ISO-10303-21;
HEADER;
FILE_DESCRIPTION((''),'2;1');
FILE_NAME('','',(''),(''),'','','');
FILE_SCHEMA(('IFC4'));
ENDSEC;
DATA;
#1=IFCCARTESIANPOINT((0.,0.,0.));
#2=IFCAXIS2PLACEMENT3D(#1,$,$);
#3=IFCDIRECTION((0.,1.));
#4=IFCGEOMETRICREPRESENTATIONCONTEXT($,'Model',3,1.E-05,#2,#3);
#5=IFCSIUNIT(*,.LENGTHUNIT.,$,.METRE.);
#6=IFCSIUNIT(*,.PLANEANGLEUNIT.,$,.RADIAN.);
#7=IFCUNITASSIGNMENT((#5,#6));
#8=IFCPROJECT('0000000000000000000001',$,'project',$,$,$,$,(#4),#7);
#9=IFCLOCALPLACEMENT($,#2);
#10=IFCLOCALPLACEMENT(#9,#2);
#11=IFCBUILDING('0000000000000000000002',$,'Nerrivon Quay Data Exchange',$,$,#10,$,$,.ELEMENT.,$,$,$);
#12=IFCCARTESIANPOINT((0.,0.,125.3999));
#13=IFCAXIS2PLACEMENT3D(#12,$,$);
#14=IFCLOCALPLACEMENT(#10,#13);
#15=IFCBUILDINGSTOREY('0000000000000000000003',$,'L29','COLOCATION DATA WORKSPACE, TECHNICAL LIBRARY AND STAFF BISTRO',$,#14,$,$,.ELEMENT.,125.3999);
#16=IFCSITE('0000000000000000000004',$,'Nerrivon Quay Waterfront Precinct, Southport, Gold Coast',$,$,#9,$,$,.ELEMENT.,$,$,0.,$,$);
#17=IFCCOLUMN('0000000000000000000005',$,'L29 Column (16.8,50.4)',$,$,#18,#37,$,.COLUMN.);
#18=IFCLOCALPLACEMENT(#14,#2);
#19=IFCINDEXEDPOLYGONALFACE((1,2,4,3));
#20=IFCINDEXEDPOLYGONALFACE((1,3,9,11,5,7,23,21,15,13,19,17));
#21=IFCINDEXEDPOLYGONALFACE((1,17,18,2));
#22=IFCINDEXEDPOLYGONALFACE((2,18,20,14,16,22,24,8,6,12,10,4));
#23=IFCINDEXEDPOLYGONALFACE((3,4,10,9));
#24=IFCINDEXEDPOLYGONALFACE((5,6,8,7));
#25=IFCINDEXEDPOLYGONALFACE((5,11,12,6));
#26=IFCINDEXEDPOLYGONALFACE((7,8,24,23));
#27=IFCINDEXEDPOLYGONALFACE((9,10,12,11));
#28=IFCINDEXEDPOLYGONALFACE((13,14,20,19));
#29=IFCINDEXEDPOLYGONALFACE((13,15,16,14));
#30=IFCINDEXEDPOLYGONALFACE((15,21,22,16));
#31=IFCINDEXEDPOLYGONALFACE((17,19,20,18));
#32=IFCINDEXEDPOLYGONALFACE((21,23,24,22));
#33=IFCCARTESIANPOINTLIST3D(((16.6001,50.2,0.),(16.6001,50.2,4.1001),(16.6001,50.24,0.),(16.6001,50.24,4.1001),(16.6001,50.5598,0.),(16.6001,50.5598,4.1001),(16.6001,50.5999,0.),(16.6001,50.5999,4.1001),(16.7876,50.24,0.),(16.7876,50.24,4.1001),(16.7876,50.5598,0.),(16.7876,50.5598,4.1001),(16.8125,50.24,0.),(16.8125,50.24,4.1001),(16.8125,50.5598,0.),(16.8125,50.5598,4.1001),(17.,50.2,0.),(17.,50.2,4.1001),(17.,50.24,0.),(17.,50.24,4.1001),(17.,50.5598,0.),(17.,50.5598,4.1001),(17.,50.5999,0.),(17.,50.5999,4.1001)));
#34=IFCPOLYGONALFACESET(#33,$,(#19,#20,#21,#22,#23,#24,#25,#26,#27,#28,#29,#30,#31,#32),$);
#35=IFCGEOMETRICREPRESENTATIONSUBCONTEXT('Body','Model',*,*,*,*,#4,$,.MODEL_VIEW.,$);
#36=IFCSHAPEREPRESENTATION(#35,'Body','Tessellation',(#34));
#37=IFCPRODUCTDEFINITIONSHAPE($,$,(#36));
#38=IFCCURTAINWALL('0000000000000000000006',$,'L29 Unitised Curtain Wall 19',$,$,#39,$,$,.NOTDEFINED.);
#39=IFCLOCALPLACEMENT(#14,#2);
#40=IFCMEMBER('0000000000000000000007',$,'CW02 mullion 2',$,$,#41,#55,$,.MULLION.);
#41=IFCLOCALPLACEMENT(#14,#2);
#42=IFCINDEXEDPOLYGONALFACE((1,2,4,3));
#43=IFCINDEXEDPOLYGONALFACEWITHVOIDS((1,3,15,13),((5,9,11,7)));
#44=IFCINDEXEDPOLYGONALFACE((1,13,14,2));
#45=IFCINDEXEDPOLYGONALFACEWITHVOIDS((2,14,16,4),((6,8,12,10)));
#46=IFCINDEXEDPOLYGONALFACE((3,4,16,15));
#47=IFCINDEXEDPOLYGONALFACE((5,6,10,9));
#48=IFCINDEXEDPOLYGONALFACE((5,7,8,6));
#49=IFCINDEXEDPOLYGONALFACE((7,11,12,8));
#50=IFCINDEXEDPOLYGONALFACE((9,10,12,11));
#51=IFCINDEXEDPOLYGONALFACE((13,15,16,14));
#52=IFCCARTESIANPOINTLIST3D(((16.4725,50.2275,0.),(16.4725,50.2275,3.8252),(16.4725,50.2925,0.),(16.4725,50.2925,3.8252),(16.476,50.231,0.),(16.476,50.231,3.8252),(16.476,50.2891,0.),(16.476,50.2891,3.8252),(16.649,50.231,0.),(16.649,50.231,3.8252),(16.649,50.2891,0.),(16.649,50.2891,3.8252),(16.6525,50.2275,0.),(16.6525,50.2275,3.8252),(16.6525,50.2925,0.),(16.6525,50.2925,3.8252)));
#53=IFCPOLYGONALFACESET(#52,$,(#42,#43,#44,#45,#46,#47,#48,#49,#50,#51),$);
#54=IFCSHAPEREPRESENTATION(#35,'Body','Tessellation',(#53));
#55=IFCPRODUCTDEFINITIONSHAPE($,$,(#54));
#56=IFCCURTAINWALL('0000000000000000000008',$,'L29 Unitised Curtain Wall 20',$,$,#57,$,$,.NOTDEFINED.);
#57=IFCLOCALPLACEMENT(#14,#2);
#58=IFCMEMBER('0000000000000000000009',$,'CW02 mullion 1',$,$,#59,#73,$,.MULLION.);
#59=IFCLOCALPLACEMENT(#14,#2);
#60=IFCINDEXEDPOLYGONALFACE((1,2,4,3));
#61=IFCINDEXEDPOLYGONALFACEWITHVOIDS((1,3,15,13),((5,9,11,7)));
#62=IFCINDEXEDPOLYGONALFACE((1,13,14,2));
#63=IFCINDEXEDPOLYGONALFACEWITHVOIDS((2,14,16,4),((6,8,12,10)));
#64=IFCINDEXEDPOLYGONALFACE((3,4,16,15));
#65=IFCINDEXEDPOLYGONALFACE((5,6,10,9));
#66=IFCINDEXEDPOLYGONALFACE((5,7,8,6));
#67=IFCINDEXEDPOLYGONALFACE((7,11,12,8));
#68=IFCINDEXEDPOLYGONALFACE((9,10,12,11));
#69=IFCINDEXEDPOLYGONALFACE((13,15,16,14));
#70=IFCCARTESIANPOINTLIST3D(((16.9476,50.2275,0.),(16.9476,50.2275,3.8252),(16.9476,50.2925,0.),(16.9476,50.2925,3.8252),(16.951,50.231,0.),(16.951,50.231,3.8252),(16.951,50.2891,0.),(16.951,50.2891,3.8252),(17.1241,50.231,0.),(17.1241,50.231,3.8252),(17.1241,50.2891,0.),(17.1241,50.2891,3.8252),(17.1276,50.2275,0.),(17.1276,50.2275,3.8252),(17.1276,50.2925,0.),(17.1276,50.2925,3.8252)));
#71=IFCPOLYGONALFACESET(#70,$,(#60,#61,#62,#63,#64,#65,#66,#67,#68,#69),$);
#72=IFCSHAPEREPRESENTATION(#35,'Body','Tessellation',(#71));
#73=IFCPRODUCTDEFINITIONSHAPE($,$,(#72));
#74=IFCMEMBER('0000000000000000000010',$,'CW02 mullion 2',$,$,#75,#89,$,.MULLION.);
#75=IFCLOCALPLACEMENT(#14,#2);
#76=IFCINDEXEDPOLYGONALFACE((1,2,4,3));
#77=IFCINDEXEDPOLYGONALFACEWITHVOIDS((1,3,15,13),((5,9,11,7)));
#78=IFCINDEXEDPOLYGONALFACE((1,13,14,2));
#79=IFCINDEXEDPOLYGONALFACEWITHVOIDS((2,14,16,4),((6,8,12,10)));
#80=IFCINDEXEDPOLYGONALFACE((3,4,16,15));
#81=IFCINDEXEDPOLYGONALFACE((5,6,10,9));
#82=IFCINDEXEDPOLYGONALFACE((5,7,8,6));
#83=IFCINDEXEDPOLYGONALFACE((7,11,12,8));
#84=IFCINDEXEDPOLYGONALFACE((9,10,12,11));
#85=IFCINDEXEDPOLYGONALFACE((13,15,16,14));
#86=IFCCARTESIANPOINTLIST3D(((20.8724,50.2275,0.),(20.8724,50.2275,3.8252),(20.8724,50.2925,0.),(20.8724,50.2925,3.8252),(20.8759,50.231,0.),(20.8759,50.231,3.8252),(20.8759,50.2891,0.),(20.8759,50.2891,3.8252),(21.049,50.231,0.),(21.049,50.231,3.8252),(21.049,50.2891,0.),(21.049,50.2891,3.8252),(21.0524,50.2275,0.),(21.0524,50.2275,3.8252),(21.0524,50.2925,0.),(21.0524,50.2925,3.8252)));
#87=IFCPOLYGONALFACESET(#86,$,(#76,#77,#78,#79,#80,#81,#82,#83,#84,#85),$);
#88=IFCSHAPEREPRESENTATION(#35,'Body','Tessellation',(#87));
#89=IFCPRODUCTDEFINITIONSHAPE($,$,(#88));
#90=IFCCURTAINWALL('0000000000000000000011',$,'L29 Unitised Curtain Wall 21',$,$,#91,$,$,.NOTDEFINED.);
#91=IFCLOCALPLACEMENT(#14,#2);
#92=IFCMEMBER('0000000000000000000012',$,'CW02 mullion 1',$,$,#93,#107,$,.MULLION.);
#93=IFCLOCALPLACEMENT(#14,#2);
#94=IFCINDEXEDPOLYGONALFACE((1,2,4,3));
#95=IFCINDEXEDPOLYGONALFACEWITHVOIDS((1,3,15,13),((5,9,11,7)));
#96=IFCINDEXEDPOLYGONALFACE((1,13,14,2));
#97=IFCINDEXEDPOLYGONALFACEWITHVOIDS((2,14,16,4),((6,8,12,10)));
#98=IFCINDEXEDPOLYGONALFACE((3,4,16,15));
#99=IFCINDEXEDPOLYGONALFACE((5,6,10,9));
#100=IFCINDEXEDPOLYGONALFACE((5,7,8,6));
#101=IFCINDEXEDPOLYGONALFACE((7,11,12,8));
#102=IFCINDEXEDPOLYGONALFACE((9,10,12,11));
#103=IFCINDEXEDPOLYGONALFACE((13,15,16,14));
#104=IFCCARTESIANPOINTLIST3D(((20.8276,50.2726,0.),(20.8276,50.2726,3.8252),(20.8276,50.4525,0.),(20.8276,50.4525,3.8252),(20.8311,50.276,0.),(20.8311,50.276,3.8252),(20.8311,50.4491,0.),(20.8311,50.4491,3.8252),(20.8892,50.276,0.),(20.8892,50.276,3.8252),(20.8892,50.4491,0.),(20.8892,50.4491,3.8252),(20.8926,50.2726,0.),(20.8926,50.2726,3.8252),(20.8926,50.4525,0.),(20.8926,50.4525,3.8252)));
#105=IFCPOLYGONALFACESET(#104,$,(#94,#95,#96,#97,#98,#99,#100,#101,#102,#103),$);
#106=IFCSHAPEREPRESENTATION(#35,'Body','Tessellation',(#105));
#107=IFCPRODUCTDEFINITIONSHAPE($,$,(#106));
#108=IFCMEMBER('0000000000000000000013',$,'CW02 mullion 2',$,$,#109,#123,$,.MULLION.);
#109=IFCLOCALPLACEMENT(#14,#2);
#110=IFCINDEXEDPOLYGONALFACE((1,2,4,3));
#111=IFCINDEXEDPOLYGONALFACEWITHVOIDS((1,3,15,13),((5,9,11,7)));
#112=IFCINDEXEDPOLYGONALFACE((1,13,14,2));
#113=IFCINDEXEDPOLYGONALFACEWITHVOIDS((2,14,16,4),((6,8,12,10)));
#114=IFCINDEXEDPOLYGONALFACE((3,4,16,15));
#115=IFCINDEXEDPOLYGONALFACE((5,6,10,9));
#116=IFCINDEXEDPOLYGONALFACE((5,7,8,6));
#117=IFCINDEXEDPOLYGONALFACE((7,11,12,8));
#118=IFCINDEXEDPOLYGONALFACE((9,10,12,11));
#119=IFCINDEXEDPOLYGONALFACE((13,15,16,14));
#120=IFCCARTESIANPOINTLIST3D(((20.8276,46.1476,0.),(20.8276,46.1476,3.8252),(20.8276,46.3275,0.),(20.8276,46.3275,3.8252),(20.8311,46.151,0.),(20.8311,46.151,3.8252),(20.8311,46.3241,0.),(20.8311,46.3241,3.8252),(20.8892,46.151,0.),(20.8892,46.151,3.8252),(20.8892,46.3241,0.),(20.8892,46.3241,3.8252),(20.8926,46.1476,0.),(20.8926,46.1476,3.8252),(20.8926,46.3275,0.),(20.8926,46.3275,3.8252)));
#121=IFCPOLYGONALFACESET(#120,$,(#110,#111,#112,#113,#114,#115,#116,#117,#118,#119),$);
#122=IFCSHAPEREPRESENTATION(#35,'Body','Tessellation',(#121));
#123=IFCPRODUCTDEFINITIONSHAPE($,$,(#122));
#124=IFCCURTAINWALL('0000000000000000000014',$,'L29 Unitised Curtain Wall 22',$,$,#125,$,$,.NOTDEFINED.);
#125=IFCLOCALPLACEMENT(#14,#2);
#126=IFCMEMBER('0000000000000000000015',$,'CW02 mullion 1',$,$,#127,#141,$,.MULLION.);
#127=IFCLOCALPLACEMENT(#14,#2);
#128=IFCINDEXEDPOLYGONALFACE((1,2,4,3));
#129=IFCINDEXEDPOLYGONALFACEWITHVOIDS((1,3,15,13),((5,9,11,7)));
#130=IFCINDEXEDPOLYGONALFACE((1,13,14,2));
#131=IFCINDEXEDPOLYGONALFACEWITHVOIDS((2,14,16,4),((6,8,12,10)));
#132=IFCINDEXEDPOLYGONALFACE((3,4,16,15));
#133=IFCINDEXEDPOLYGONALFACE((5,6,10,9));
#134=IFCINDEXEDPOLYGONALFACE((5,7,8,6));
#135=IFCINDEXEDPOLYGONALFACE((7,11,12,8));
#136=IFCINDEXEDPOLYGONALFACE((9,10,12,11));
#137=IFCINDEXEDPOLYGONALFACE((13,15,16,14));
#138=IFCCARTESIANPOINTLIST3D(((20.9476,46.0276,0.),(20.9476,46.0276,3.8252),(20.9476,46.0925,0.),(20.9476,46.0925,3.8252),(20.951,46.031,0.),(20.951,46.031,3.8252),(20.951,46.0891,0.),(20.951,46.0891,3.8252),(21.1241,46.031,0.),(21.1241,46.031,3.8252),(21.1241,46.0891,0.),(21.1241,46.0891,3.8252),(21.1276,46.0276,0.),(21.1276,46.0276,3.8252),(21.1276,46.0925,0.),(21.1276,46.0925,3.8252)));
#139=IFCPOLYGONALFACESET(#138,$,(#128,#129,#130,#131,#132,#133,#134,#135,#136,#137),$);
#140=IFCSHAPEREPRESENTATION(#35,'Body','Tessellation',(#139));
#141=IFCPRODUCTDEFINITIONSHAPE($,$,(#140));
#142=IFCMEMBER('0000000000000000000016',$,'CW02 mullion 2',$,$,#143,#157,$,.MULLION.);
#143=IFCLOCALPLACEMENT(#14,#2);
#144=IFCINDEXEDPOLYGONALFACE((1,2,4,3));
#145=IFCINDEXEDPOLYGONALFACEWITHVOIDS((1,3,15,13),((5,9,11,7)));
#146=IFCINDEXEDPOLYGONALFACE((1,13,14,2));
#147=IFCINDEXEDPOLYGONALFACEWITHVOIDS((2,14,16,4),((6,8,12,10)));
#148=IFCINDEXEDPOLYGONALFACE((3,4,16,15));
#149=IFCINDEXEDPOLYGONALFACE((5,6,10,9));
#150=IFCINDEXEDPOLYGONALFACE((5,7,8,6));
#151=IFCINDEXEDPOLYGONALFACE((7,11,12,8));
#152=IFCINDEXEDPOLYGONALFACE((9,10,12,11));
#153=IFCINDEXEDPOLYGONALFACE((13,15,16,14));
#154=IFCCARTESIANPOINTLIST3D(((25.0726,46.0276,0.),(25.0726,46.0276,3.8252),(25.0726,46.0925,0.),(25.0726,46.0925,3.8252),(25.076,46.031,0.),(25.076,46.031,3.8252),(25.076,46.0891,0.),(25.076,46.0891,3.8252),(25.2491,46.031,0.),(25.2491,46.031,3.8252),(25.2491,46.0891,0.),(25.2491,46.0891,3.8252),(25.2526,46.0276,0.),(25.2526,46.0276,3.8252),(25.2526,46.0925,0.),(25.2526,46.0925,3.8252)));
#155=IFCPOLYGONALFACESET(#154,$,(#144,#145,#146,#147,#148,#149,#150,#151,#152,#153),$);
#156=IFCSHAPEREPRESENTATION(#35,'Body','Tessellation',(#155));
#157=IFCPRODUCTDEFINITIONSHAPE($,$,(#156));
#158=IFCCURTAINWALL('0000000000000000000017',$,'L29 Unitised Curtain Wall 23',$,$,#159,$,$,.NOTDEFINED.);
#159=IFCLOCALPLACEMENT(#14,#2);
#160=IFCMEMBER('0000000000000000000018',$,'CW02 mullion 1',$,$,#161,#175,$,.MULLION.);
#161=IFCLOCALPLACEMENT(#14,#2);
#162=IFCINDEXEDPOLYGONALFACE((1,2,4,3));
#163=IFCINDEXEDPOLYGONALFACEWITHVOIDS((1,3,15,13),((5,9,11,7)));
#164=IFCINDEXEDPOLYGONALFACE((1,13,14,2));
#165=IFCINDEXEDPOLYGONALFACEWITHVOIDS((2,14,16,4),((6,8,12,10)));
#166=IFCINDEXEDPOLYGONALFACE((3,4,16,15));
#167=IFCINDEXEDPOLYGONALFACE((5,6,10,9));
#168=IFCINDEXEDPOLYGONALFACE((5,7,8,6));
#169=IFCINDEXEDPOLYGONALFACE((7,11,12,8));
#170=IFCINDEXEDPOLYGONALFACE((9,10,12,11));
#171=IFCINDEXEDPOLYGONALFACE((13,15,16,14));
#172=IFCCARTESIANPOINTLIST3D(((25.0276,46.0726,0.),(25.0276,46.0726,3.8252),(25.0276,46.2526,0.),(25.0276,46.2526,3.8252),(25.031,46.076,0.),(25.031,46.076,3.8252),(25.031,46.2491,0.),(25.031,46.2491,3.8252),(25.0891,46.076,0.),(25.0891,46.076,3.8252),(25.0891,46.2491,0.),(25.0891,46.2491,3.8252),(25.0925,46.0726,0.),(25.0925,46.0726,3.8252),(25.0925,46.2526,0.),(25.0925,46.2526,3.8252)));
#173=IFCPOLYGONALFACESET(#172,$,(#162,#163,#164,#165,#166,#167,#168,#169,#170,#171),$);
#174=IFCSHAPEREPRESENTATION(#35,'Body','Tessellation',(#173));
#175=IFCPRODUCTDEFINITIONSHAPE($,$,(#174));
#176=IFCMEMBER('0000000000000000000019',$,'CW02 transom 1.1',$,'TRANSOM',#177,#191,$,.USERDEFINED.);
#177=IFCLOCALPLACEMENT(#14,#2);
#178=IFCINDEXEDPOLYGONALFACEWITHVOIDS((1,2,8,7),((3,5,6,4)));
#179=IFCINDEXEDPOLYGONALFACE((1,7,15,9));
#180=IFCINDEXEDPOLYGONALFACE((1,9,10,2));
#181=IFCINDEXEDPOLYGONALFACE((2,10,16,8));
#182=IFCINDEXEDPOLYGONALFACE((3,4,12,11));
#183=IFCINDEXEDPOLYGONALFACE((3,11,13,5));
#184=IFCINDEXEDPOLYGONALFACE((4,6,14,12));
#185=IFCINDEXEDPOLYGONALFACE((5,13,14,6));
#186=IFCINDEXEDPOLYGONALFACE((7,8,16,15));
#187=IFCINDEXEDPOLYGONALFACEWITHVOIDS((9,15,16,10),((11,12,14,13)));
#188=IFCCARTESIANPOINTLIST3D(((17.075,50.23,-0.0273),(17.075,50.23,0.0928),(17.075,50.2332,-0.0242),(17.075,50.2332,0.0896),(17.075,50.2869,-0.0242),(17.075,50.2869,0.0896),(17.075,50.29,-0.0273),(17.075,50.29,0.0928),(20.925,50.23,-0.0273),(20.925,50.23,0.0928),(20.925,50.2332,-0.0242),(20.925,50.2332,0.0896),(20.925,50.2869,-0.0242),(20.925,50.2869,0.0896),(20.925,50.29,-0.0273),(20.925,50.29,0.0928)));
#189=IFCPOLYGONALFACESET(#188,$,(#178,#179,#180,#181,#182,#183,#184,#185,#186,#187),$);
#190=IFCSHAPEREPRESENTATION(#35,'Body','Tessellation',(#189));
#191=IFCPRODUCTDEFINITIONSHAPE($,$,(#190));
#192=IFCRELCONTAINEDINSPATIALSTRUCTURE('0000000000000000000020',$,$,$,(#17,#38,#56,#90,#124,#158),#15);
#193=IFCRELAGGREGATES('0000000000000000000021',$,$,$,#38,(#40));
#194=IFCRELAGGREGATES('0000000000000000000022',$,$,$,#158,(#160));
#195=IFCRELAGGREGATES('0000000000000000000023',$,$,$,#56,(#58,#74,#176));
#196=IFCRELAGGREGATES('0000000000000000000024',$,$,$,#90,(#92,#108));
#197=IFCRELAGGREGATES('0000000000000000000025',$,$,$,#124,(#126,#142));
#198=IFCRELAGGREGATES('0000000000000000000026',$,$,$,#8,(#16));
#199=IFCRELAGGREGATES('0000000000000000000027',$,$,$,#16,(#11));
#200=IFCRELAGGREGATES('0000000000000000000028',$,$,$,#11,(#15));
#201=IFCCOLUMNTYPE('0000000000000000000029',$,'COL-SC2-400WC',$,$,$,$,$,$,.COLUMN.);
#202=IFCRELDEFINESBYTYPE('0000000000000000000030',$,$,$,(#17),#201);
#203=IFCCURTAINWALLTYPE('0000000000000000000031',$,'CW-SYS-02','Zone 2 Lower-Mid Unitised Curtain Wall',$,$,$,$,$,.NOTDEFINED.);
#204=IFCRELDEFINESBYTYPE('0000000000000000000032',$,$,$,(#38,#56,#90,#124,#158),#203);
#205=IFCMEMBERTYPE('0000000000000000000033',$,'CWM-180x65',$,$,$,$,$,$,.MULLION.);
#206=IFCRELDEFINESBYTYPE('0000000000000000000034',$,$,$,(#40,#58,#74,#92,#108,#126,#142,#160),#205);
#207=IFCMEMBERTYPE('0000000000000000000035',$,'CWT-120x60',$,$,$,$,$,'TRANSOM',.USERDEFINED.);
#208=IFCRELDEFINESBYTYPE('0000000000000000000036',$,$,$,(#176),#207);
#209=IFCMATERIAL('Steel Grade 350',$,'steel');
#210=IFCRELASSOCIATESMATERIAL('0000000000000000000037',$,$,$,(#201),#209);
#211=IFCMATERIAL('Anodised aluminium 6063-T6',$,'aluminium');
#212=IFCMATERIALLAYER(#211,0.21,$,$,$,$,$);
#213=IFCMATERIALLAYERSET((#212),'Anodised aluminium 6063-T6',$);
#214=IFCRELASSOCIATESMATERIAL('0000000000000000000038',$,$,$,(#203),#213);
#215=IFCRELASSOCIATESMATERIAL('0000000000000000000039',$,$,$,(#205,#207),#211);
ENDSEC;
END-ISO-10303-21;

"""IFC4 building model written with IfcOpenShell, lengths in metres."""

from ifc_helpers import new_model, si_unit, direction, frame, origin, origin_2d, place, context, subcontext, project, spatial, hollow_rectangle, i_section, extrude, material, layer, layer_set, material_profile, profile_set, type_object, element, aggregate, save


model = new_model("IFC4")

# Units and contexts
model_context = context("Model", 3, precision=1e-05, world=origin(), true_north=direction((0.0, 1.0)))
body_context = subcontext(model_context, "Body", "Model", "MODEL_VIEW")
ifc_project = project(units=[si_unit("LENGTHUNIT", "METRE"), si_unit("PLANEANGLEUNIT", "RADIAN")], contexts=[model_context])

# Site, building, storey
site_placement = place(None, origin())
site = spatial("IfcSite", under=ifc_project, at=site_placement, Name="Nerrivon Quay Waterfront Precinct, Southport, Gold Coast", CompositionType="ELEMENT", RefElevation=0.0)
building_placement = place(site_placement, origin())
building = spatial("IfcBuilding", under=site, at=building_placement, Name="Nerrivon Quay Data Exchange", CompositionType="ELEMENT")
storey_placement = place(building_placement, frame((0.0, 0.0, 125.3999)))
storey = spatial("IfcBuildingStorey", under=building, at=storey_placement, Name="L29", Description="COLOCATION DATA WORKSPACE, TECHNICAL LIBRARY AND STAFF BISTRO", CompositionType="ELEMENT", Elevation=125.3999)

# Column
ifc_material_1 = material(Name="Steel Grade 350", Category="steel")
ifc_material_profile_1 = material_profile(ifc_material_1, i_section(OverallWidth=0.3999, OverallDepth=0.3999, WebThickness=0.0249, FlangeThickness=0.04, at=origin_2d()), Name="400WC328")
ifc_profile_set_1 = profile_set([ifc_material_profile_1], Name="Steel Grade 350")
column_type = type_object("IfcColumnType", Name="COL-SC2-400WC", PredefinedType="COLUMN", material=ifc_profile_set_1)
column_placement = place(storey_placement, frame((16.8, 50.3999, 0.0), z_axis=(0.0, 0.0, 1.0), x_axis=(1.0, 0.0, 0.0)))
element("IfcColumn", 1, at=column_placement, inside=storey, type_object=column_type, Name="L29 Column (16.8,50.4)", PredefinedType="COLUMN", context=body_context, shape_type="SweptSolid", body=[
    extrude(i_section(OverallWidth=0.3999, OverallDepth=0.3999, WebThickness=0.0249, FlangeThickness=0.04, at=origin_2d()), origin(), (0.0, 0.0, 1.0), 4.1001),
])

# Curtain wall, member
ifc_material_2 = material(Name="Anodised aluminium 6063-T6", Category="aluminium")
ifc_layer_1 = layer(ifc_material_2, 0.21)
ifc_layer_set_1 = layer_set([ifc_layer_1], Name="Anodised aluminium 6063-T6")
curtain_wall_type = type_object("IfcCurtainWallType", Name="CW-SYS-02", Description="Zone 2 Lower-Mid Unitised Curtain Wall", PredefinedType="NOTDEFINED", material=ifc_layer_set_1)
curtain_wall_1_placement = place(storey_placement, origin())
curtain_wall_1 = element("IfcCurtainWall", 2, at=curtain_wall_1_placement, inside=storey, type_object=curtain_wall_type, Name="L29 Unitised Curtain Wall 19", PredefinedType="NOTDEFINED")
ifc_material_profile_2 = material_profile(ifc_material_2, hollow_rectangle(XDim=0.0649, YDim=0.1799, WallThickness=0.0034, at=origin_2d()), Name="ALU-MULL-180x65")
ifc_profile_set_2 = profile_set([ifc_material_profile_2], Name="Anodised aluminium 6063-T6")
member_type_1 = type_object("IfcMemberType", Name="CWM-180x65", PredefinedType="MULLION", material=ifc_profile_set_2)
member_1_placement = place(storey_placement, frame((16.5625, 50.26, 0.0), z_axis=(0.0, 0.0, 1.0), x_axis=(0.0, 1.0, 0.0)))
member_1 = element("IfcMember", 3, at=member_1_placement, type_object=member_type_1, Name="CW02 mullion 2", PredefinedType="MULLION", context=body_context, shape_type="SweptSolid", body=[
    extrude(hollow_rectangle(XDim=0.0649, YDim=0.1799, WallThickness=0.0034, at=origin_2d()), origin(), (0.0, 0.0, 1.0), 3.8252),
])
aggregate(curtain_wall_1, [member_1])

# Curtain walls, members
curtain_wall_2_placement = place(storey_placement, origin())
curtain_wall_2 = element("IfcCurtainWall", 4, at=curtain_wall_2_placement, inside=storey, type_object=curtain_wall_type, Name="L29 Unitised Curtain Wall 20", PredefinedType="NOTDEFINED")
member_2_placement = place(storey_placement, frame((17.0376, 50.26, 0.0), z_axis=(0.0, 0.0, 1.0), x_axis=(0.0, 1.0, 0.0)))
member_2 = element("IfcMember", 5, at=member_2_placement, type_object=member_type_1, Name="CW02 mullion 1", PredefinedType="MULLION", context=body_context, shape_type="SweptSolid", body=[
    extrude(hollow_rectangle(XDim=0.0649, YDim=0.1799, WallThickness=0.0034, at=origin_2d()), origin(), (0.0, 0.0, 1.0), 3.8252),
])
member_3_placement = place(storey_placement, frame((20.9624, 50.26, 0.0), z_axis=(0.0, 0.0, 1.0), x_axis=(0.0, 1.0, 0.0)))
member_3 = element("IfcMember", 6, at=member_3_placement, type_object=member_type_1, Name="CW02 mullion 2", PredefinedType="MULLION", context=body_context, shape_type="SweptSolid", body=[
    extrude(hollow_rectangle(XDim=0.0649, YDim=0.1799, WallThickness=0.0034, at=origin_2d()), origin(), (0.0, 0.0, 1.0), 3.8252),
])
curtain_wall_3_placement = place(storey_placement, origin())
curtain_wall_3 = element("IfcCurtainWall", 7, at=curtain_wall_3_placement, inside=storey, type_object=curtain_wall_type, Name="L29 Unitised Curtain Wall 21", PredefinedType="NOTDEFINED")
member_4_placement = place(storey_placement, frame((20.8601, 50.3625, 0.0), z_axis=(0.0, 0.0, 1.0), x_axis=(1.0, 0.0, 0.0)))
member_4 = element("IfcMember", 8, at=member_4_placement, type_object=member_type_1, Name="CW02 mullion 1", PredefinedType="MULLION", context=body_context, shape_type="SweptSolid", body=[
    extrude(hollow_rectangle(XDim=0.0649, YDim=0.1799, WallThickness=0.0034, at=origin_2d()), origin(), (0.0, 0.0, 1.0), 3.8252),
])
member_5_placement = place(storey_placement, frame((20.8601, 46.2375, 0.0), z_axis=(0.0, 0.0, 1.0), x_axis=(1.0, 0.0, 0.0)))
member_5 = element("IfcMember", 9, at=member_5_placement, type_object=member_type_1, Name="CW02 mullion 2", PredefinedType="MULLION", context=body_context, shape_type="SweptSolid", body=[
    extrude(hollow_rectangle(XDim=0.0649, YDim=0.1799, WallThickness=0.0034, at=origin_2d()), origin(), (0.0, 0.0, 1.0), 3.8252),
])
curtain_wall_4_placement = place(storey_placement, origin())
curtain_wall_4 = element("IfcCurtainWall", 10, at=curtain_wall_4_placement, inside=storey, type_object=curtain_wall_type, Name="L29 Unitised Curtain Wall 22", PredefinedType="NOTDEFINED")
member_6_placement = place(storey_placement, frame((21.0376, 46.0601, 0.0), z_axis=(0.0, 0.0, 1.0), x_axis=(0.0, 1.0, 0.0)))
member_6 = element("IfcMember", 11, at=member_6_placement, type_object=member_type_1, Name="CW02 mullion 1", PredefinedType="MULLION", context=body_context, shape_type="SweptSolid", body=[
    extrude(hollow_rectangle(XDim=0.0649, YDim=0.1799, WallThickness=0.0034, at=origin_2d()), origin(), (0.0, 0.0, 1.0), 3.8252),
])
member_7_placement = place(storey_placement, frame((25.1626, 46.0601, 0.0), z_axis=(0.0, 0.0, 1.0), x_axis=(0.0, 1.0, 0.0)))
member_7 = element("IfcMember", 12, at=member_7_placement, type_object=member_type_1, Name="CW02 mullion 2", PredefinedType="MULLION", context=body_context, shape_type="SweptSolid", body=[
    extrude(hollow_rectangle(XDim=0.0649, YDim=0.1799, WallThickness=0.0034, at=origin_2d()), origin(), (0.0, 0.0, 1.0), 3.8252),
])

# Curtain wall, member
curtain_wall_5_placement = place(storey_placement, origin())
curtain_wall_5 = element("IfcCurtainWall", 13, at=curtain_wall_5_placement, inside=storey, type_object=curtain_wall_type, Name="L29 Unitised Curtain Wall 23", PredefinedType="NOTDEFINED")
member_8_placement = place(storey_placement, frame((25.0601, 46.1626, 0.0), z_axis=(0.0, 0.0, 1.0), x_axis=(1.0, 0.0, 0.0)))
member_8 = element("IfcMember", 14, at=member_8_placement, type_object=member_type_1, Name="CW02 mullion 1", PredefinedType="MULLION", context=body_context, shape_type="SweptSolid", body=[
    extrude(hollow_rectangle(XDim=0.0649, YDim=0.1799, WallThickness=0.0034, at=origin_2d()), origin(), (0.0, 0.0, 1.0), 3.8252),
])

# Member
ifc_material_profile_3 = material_profile(ifc_material_2, hollow_rectangle(XDim=0.0601, YDim=0.1201, WallThickness=0.0032, at=origin_2d()), Name="ALU-TRAN-120x60")
ifc_profile_set_3 = profile_set([ifc_material_profile_3], Name="Anodised aluminium 6063-T6")
member_type_2 = type_object("IfcMemberType", Name="CWT-120x60", ElementType="TRANSOM", PredefinedType="USERDEFINED", material=ifc_profile_set_3)
member_9_placement = place(storey_placement, frame((17.075, 50.26, 0.0327), z_axis=(1.0, 0.0, 0.0), x_axis=(0.0, 1.0, 0.0)))
member_9 = element("IfcMember", 15, at=member_9_placement, type_object=member_type_2, Name="CW02 transom 1.1", ObjectType="TRANSOM", PredefinedType="USERDEFINED", context=body_context, shape_type="SweptSolid", body=[
    extrude(hollow_rectangle(XDim=0.0601, YDim=0.1201, WallThickness=0.0032, at=origin_2d()), origin(), (0.0, 0.0, 1.0), 3.8501),
])
aggregate(curtain_wall_5, [member_8])

aggregate(curtain_wall_2, [member_2, member_3, member_9])
aggregate(curtain_wall_3, [member_4, member_5])
aggregate(curtain_wall_4, [member_6, member_7])

save(model, "model.ifc")
